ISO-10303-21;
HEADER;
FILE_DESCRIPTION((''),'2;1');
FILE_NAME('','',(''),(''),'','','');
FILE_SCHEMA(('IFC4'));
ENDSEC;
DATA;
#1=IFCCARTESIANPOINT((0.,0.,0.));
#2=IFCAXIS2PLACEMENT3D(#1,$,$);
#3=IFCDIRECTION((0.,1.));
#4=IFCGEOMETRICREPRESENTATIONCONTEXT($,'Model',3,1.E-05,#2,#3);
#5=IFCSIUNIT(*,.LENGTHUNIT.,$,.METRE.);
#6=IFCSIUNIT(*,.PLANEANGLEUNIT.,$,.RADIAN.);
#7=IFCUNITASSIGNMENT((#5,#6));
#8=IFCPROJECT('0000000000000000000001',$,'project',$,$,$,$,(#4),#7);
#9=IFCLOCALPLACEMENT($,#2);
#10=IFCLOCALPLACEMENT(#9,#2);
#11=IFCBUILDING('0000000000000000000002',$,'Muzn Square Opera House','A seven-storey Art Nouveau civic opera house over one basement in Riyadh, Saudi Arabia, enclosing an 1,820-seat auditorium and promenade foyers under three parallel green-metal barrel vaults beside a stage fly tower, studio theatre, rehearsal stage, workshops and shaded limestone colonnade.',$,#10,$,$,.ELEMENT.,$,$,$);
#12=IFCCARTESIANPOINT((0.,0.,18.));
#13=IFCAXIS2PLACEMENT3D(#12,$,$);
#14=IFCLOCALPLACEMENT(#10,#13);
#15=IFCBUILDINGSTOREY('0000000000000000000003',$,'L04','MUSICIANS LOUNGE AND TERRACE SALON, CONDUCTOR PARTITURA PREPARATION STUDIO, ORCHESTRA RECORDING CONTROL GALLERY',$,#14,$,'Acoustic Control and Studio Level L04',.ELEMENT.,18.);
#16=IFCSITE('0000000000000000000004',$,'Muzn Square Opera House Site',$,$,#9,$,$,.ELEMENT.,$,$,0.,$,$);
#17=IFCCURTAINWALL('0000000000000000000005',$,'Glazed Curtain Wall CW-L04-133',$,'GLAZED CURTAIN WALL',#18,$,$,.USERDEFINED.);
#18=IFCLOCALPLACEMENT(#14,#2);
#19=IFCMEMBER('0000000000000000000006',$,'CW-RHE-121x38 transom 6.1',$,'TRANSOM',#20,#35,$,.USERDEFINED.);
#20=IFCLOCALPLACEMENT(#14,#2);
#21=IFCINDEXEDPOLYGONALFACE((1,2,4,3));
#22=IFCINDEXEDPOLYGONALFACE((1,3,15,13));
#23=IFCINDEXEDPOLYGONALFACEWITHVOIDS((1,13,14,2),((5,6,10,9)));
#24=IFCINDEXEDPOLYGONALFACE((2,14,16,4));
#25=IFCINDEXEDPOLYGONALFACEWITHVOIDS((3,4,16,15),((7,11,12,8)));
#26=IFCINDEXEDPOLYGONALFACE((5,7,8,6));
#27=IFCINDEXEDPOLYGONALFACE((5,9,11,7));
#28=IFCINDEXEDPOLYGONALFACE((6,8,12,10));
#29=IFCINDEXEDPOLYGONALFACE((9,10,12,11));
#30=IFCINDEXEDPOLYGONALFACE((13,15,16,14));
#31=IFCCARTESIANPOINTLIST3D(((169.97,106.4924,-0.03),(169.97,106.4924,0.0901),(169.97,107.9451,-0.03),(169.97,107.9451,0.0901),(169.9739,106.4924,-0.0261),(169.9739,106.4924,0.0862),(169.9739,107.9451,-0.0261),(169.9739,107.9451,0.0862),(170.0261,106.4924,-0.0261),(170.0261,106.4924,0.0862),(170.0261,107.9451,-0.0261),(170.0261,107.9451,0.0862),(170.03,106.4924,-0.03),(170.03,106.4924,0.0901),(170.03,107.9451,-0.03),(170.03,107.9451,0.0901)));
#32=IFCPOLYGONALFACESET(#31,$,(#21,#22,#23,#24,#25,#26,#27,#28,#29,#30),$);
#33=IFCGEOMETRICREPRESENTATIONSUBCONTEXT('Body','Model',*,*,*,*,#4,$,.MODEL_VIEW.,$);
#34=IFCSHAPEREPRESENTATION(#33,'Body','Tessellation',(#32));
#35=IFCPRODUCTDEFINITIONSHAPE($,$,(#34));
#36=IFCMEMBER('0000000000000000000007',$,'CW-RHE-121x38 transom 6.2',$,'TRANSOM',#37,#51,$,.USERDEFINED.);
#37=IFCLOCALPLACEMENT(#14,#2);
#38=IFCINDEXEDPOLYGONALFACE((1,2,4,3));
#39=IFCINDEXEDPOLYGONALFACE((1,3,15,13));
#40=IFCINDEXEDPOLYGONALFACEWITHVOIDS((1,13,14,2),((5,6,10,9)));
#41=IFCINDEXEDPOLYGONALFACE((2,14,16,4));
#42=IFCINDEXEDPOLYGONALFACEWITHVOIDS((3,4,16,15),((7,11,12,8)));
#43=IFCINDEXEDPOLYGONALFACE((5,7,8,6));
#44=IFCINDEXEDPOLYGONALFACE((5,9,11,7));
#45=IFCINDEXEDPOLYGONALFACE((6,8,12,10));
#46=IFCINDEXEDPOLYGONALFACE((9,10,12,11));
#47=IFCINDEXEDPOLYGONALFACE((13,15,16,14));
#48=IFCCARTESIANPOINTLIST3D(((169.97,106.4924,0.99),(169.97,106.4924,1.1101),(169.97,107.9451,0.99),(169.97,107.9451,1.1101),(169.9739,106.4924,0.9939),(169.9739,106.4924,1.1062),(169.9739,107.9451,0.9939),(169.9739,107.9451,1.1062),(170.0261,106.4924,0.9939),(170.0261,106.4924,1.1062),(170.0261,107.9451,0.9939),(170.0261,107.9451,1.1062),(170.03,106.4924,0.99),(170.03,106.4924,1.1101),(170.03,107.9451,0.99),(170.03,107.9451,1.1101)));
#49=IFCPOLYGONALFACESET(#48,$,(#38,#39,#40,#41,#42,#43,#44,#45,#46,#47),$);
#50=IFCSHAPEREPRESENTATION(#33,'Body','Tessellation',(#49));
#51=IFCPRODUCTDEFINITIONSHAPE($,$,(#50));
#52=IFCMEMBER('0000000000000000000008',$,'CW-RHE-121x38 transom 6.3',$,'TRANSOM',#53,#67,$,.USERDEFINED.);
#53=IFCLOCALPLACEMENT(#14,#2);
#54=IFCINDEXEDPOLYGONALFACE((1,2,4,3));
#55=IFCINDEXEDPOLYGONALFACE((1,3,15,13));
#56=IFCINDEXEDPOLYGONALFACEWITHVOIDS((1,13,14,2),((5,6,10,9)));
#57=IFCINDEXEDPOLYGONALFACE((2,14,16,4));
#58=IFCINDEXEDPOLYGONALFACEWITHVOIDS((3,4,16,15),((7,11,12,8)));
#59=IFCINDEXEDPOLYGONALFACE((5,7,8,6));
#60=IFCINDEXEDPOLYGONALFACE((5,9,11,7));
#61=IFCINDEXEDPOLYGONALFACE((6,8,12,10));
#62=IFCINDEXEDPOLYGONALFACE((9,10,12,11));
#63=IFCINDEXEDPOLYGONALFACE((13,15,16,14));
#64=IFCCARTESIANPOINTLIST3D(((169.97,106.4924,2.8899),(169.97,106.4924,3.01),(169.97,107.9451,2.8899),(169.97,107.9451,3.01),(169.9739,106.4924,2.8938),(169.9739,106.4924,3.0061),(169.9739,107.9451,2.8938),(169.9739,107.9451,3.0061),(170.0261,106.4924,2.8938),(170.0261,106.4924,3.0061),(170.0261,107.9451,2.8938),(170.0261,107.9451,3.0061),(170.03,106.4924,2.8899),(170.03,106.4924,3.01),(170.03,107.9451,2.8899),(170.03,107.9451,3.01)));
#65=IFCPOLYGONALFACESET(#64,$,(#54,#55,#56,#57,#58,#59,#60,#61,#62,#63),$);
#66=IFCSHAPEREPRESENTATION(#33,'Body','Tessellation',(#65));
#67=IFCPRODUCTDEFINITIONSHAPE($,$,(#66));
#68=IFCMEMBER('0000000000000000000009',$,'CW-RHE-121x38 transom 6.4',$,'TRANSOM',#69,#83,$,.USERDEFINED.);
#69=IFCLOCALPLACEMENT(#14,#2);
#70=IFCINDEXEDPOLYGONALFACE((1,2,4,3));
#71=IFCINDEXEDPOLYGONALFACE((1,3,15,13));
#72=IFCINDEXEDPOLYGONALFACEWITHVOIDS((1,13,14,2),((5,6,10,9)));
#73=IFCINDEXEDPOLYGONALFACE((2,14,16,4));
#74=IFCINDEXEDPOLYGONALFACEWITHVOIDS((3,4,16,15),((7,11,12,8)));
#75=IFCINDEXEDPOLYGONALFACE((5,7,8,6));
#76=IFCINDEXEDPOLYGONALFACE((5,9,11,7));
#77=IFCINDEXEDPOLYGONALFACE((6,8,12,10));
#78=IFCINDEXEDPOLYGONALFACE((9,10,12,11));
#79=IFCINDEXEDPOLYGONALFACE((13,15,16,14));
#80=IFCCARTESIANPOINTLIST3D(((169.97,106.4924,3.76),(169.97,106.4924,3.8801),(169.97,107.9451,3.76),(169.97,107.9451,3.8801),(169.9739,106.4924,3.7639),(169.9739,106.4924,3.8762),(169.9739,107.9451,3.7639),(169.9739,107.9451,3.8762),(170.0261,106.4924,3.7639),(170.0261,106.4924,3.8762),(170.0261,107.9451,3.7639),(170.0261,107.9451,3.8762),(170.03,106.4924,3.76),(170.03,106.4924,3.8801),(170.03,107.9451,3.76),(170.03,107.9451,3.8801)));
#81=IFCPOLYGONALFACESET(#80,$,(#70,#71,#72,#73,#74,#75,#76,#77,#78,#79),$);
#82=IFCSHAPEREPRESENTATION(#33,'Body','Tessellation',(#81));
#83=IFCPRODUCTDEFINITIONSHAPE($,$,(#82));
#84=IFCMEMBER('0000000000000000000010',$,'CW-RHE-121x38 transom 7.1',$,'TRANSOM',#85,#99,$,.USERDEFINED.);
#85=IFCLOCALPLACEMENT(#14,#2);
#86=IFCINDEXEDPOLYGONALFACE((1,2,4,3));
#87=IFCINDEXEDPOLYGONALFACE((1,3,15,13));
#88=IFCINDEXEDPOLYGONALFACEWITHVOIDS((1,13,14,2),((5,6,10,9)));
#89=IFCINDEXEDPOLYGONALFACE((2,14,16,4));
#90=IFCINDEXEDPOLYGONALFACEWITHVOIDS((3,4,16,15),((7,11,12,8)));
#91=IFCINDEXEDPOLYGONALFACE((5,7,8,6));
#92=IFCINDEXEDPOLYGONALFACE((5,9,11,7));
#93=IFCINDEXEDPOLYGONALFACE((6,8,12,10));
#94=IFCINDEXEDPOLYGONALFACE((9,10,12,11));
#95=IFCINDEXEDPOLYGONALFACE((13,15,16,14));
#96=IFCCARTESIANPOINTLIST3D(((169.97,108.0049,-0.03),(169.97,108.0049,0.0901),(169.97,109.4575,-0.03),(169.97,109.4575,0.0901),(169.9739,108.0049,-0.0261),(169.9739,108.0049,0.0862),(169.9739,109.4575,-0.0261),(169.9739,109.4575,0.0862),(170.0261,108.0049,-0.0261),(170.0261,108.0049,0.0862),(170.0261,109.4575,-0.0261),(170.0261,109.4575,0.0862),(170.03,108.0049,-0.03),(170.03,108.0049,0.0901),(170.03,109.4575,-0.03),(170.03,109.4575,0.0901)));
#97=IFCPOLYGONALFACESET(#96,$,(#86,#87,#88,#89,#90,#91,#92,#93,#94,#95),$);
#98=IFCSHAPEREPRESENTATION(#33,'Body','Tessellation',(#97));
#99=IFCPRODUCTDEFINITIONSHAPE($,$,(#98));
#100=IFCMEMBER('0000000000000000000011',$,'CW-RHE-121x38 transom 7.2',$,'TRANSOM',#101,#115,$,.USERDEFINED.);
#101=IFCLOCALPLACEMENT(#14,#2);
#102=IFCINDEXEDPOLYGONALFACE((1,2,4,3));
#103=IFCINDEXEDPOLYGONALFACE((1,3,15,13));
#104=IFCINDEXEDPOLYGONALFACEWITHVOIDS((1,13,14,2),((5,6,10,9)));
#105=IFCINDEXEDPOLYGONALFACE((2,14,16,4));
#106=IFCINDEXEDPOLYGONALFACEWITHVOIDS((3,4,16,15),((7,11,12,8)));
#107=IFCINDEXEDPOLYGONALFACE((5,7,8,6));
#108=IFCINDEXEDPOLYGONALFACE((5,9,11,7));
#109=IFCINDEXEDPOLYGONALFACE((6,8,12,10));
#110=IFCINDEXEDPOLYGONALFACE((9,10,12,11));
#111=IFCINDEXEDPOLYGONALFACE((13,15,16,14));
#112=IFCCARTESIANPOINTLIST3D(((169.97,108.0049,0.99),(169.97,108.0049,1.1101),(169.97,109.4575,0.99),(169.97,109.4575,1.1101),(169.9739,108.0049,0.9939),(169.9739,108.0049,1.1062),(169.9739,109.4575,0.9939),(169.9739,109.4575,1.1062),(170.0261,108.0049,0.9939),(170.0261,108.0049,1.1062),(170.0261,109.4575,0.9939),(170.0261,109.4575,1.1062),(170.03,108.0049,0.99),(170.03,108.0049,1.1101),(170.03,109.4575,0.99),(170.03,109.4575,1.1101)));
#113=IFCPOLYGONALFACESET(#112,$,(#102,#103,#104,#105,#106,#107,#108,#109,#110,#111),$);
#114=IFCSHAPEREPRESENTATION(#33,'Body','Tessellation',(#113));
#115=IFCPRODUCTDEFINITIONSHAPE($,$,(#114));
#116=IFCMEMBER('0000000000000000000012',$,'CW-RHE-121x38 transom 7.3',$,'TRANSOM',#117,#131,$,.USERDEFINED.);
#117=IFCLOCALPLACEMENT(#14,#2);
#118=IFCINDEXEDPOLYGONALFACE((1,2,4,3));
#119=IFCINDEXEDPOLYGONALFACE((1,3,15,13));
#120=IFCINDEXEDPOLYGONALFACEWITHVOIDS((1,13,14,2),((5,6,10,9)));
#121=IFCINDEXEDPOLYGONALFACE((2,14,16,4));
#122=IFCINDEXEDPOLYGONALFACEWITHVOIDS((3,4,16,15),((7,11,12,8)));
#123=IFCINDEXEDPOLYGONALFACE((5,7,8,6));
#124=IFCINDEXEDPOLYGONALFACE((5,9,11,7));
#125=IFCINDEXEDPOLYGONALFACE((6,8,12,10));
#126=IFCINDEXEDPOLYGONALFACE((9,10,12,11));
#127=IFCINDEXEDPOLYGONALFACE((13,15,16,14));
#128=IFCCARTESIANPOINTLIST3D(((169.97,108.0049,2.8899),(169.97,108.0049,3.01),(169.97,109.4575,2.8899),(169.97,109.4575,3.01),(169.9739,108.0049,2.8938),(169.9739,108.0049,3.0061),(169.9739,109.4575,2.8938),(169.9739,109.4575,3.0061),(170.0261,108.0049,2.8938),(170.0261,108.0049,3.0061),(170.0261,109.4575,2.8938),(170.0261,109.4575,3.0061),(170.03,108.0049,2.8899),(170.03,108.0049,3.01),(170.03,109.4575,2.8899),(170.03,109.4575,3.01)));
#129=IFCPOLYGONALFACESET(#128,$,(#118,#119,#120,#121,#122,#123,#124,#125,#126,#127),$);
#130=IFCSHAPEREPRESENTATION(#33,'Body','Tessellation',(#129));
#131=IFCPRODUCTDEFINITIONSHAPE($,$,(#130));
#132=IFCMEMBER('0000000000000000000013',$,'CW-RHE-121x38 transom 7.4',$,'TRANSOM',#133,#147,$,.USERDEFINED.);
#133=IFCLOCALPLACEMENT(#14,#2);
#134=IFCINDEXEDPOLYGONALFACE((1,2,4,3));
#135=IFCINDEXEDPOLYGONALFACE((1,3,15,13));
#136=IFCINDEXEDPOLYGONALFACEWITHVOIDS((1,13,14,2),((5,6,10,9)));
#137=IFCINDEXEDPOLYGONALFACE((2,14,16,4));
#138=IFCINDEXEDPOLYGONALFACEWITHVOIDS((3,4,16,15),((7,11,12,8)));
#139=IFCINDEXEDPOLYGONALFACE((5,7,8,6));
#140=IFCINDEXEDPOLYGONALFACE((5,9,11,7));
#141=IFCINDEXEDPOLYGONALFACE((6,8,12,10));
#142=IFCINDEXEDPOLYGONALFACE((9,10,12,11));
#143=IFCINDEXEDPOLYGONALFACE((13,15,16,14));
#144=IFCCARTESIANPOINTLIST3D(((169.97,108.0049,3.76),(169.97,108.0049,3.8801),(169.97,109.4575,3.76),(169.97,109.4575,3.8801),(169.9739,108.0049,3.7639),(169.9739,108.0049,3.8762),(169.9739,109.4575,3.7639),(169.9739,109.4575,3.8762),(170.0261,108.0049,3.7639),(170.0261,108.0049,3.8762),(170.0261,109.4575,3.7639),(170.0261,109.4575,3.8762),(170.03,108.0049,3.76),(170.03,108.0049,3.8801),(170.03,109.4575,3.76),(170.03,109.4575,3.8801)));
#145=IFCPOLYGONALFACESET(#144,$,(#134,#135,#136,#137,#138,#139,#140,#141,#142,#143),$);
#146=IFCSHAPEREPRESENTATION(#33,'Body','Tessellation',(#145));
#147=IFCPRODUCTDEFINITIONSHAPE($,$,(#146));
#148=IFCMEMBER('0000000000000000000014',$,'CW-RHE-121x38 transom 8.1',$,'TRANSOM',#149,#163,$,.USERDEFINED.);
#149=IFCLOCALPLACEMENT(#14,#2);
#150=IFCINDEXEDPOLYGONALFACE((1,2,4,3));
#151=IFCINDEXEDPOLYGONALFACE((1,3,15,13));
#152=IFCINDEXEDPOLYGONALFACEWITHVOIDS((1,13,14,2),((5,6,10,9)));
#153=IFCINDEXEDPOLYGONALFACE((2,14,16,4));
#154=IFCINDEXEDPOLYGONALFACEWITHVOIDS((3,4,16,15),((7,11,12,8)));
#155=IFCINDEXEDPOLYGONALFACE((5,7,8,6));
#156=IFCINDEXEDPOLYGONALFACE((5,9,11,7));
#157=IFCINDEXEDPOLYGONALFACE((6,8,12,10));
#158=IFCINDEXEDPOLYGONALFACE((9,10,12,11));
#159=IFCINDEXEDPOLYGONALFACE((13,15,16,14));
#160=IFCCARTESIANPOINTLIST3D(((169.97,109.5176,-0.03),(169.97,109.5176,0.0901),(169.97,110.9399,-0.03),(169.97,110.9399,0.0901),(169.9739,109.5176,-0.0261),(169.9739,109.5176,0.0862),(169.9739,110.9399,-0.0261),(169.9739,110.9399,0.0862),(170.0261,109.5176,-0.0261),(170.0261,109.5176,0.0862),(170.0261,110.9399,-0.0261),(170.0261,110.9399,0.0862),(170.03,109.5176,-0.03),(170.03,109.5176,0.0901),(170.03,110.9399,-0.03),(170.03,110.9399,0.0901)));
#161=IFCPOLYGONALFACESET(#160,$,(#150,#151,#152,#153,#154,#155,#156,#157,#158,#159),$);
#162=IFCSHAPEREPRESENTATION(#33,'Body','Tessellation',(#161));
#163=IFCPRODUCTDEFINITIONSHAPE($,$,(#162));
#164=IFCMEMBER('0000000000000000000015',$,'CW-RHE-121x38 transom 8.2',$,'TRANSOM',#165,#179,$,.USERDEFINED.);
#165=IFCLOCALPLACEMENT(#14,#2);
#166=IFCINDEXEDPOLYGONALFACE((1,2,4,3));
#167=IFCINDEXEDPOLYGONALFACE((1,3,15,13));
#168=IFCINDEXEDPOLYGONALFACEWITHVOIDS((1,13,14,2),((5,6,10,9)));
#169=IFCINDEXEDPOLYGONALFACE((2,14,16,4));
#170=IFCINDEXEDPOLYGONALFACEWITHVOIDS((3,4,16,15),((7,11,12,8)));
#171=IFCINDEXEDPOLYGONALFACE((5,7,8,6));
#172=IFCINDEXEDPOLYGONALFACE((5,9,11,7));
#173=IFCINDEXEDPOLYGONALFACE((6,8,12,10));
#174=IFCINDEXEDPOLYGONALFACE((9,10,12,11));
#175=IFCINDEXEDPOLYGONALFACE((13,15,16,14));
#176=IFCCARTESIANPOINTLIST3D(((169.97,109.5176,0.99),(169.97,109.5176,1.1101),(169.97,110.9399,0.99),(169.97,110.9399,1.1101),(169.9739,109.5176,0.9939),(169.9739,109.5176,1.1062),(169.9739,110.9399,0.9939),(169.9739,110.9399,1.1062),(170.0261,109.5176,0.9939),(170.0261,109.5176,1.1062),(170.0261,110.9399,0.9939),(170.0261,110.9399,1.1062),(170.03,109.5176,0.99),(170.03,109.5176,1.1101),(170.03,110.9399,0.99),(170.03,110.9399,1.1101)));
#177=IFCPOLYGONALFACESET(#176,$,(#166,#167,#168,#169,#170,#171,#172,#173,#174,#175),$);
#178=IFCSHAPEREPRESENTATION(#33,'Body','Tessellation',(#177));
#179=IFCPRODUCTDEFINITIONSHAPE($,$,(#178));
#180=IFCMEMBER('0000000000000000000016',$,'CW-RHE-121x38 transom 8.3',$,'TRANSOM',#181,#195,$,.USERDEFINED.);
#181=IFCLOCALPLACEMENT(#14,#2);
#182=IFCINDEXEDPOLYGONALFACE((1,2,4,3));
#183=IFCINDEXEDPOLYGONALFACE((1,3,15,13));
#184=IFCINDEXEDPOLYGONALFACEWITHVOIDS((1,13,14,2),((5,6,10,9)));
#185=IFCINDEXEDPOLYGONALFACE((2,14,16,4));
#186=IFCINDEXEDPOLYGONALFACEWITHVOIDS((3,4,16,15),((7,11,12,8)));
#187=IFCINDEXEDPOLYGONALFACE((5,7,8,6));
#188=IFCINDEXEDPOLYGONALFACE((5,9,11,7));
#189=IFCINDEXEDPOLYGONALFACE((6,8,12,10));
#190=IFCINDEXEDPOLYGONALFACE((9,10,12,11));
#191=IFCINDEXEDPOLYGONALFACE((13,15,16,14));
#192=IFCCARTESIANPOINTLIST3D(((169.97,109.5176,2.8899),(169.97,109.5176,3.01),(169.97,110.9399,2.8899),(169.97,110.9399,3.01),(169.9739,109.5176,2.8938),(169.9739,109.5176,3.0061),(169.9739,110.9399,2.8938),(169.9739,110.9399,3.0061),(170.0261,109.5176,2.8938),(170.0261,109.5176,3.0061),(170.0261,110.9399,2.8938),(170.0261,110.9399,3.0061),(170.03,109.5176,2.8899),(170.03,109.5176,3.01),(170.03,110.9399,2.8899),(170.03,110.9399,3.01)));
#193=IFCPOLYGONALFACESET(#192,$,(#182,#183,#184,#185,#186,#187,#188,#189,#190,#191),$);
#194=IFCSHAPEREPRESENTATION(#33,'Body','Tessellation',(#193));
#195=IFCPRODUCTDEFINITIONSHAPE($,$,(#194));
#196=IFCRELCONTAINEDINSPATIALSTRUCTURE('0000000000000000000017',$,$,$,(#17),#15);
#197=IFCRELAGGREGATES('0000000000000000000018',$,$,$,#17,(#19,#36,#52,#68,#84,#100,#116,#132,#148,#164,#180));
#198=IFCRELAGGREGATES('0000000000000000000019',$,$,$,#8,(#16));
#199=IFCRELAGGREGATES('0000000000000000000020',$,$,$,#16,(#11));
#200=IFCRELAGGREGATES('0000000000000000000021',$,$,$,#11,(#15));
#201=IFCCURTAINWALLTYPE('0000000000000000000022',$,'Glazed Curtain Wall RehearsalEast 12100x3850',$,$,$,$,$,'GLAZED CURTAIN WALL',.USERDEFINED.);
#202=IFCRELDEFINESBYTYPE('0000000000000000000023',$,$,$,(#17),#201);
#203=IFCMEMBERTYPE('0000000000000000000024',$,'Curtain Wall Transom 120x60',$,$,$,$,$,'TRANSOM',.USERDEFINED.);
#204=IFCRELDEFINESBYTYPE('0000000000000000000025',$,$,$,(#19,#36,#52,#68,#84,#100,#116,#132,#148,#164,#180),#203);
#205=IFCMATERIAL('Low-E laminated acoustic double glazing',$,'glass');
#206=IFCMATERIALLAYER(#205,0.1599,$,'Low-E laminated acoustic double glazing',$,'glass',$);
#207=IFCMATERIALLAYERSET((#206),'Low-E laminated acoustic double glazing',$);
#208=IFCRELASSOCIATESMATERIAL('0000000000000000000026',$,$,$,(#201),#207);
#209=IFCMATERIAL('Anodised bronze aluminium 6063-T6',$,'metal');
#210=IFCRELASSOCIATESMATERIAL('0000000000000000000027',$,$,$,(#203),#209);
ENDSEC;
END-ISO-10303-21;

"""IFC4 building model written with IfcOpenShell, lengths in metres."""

from ifc_helpers import new_model, si_unit, direction, frame, origin, origin_2d, place, context, subcontext, project, spatial, hollow_rectangle, extrude, material, layer, layer_set, material_profile, profile_set, type_object, element, aggregate, save


model = new_model("IFC4")

# Units and contexts
model_context = context("Model", 3, precision=1e-05, world=origin(), true_north=direction((0.0, 1.0)))
body_context = subcontext(model_context, "Body", "Model", "MODEL_VIEW")
ifc_project = project(units=[si_unit("LENGTHUNIT", "METRE"), si_unit("PLANEANGLEUNIT", "RADIAN")], contexts=[model_context])

# Site, building, storey
site_placement = place(None, origin())
site = spatial("IfcSite", under=ifc_project, at=site_placement, Name="Muzn Square Opera House Site", CompositionType="ELEMENT", RefElevation=0.0)
building_placement = place(site_placement, origin())
building = spatial("IfcBuilding", under=site, at=building_placement, Name="Muzn Square Opera House", Description="A seven-storey Art Nouveau civic opera house over one basement in Riyadh, Saudi Arabia, enclosing an 1,820-seat auditorium and promenade foyers under three parallel green-metal barrel vaults beside a stage fly tower, studio theatre, rehearsal stage, workshops and shaded limestone colonnade.", CompositionType="ELEMENT")
storey_placement = place(building_placement, frame((0.0, 0.0, 18.0)))
storey = spatial("IfcBuildingStorey", under=building, at=storey_placement, Name="L04", Description="MUSICIANS LOUNGE AND TERRACE SALON, CONDUCTOR PARTITURA PREPARATION STUDIO, ORCHESTRA RECORDING CONTROL GALLERY", LongName="Acoustic Control and Studio Level L04", CompositionType="ELEMENT", Elevation=18.0)

# Curtain wall, members
ifc_material_1 = material(Name="Low-E laminated acoustic double glazing", Category="glass")
ifc_layer_1 = layer(ifc_material_1, 0.1599, Name="Low-E laminated acoustic double glazing", Category="glass")
ifc_layer_set_1 = layer_set([ifc_layer_1], Name="Low-E laminated acoustic double glazing")
curtain_wall_type = type_object("IfcCurtainWallType", Name="Glazed Curtain Wall RehearsalEast 12100x3850", ElementType="GLAZED CURTAIN WALL", PredefinedType="USERDEFINED", material=ifc_layer_set_1)
curtain_wall_placement = place(storey_placement, origin())
curtain_wall = element("IfcCurtainWall", 1, at=curtain_wall_placement, inside=storey, type_object=curtain_wall_type, Name="Glazed Curtain Wall CW-L04-133", ObjectType="GLAZED CURTAIN WALL", PredefinedType="USERDEFINED")
ifc_material_2 = material(Name="Anodised bronze aluminium 6063-T6", Category="metal")
ifc_material_profile_1 = material_profile(ifc_material_2, hollow_rectangle(XDim=0.0601, YDim=0.1201, WallThickness=0.0039, at=origin_2d()), Name="ALU 120x60x4", Category="metal")
ifc_profile_set_1 = profile_set([ifc_material_profile_1], Name="Anodised bronze aluminium 6063-T6")
member_type_1 = type_object("IfcMemberType", Name="Curtain Wall Transom 120x60", ElementType="TRANSOM", PredefinedType="USERDEFINED", material=ifc_profile_set_1)
member_1_placement = place(storey_placement, frame((170.0, 106.4924, 0.03), z_axis=(0.0, 1.0, 0.0), x_axis=(-1.0, 0.0, 0.0)))
member_1 = element("IfcMember", 2, at=member_1_placement, type_object=member_type_1, Name="CW-RHE-121x38 transom 6.1", ObjectType="TRANSOM", PredefinedType="USERDEFINED", context=body_context, shape_type="SweptSolid", body=[
    extrude(hollow_rectangle(XDim=0.0601, YDim=0.1201, WallThickness=0.0039, at=origin_2d()), origin(), (0.0, 0.0, 1.0), 1.4526),
])
member_2_placement = place(storey_placement, frame((170.0, 106.4924, 1.05), z_axis=(0.0, 1.0, 0.0), x_axis=(-1.0, 0.0, 0.0)))
member_2 = element("IfcMember", 3, at=member_2_placement, type_object=member_type_1, Name="CW-RHE-121x38 transom 6.2", ObjectType="TRANSOM", PredefinedType="USERDEFINED", context=body_context, shape_type="SweptSolid", body=[
    extrude(hollow_rectangle(XDim=0.0601, YDim=0.1201, WallThickness=0.0039, at=origin_2d()), origin(), (0.0, 0.0, 1.0), 1.4526),
])
member_3_placement = place(storey_placement, frame((170.0, 106.4924, 2.95), z_axis=(0.0, 1.0, 0.0), x_axis=(-1.0, 0.0, 0.0)))
member_3 = element("IfcMember", 4, at=member_3_placement, type_object=member_type_1, Name="CW-RHE-121x38 transom 6.3", ObjectType="TRANSOM", PredefinedType="USERDEFINED", context=body_context, shape_type="SweptSolid", body=[
    extrude(hollow_rectangle(XDim=0.0601, YDim=0.1201, WallThickness=0.0039, at=origin_2d()), origin(), (0.0, 0.0, 1.0), 1.4526),
])
member_4_placement = place(storey_placement, frame((170.0, 106.4924, 3.8201), z_axis=(0.0, 1.0, 0.0), x_axis=(-1.0, 0.0, 0.0)))
member_4 = element("IfcMember", 5, at=member_4_placement, type_object=member_type_1, Name="CW-RHE-121x38 transom 6.4", ObjectType="TRANSOM", PredefinedType="USERDEFINED", context=body_context, shape_type="SweptSolid", body=[
    extrude(hollow_rectangle(XDim=0.0601, YDim=0.1201, WallThickness=0.0039, at=origin_2d()), origin(), (0.0, 0.0, 1.0), 1.4526),
])
member_5_placement = place(storey_placement, frame((170.0, 108.0049, 0.03), z_axis=(0.0, 1.0, 0.0), x_axis=(-1.0, 0.0, 0.0)))
member_5 = element("IfcMember", 6, at=member_5_placement, type_object=member_type_1, Name="CW-RHE-121x38 transom 7.1", ObjectType="TRANSOM", PredefinedType="USERDEFINED", context=body_context, shape_type="SweptSolid", body=[
    extrude(hollow_rectangle(XDim=0.0601, YDim=0.1201, WallThickness=0.0039, at=origin_2d()), origin(), (0.0, 0.0, 1.0), 1.4526),
])
member_6_placement = place(storey_placement, frame((170.0, 108.0049, 1.05), z_axis=(0.0, 1.0, 0.0), x_axis=(-1.0, 0.0, 0.0)))
member_6 = element("IfcMember", 7, at=member_6_placement, type_object=member_type_1, Name="CW-RHE-121x38 transom 7.2", ObjectType="TRANSOM", PredefinedType="USERDEFINED", context=body_context, shape_type="SweptSolid", body=[
    extrude(hollow_rectangle(XDim=0.0601, YDim=0.1201, WallThickness=0.0039, at=origin_2d()), origin(), (0.0, 0.0, 1.0), 1.4526),
])
member_7_placement = place(storey_placement, frame((170.0, 108.0049, 2.95), z_axis=(0.0, 1.0, 0.0), x_axis=(-1.0, 0.0, 0.0)))
member_7 = element("IfcMember", 8, at=member_7_placement, type_object=member_type_1, Name="CW-RHE-121x38 transom 7.3", ObjectType="TRANSOM", PredefinedType="USERDEFINED", context=body_context, shape_type="SweptSolid", body=[
    extrude(hollow_rectangle(XDim=0.0601, YDim=0.1201, WallThickness=0.0039, at=origin_2d()), origin(), (0.0, 0.0, 1.0), 1.4526),
])
member_8_placement = place(storey_placement, frame((170.0, 108.0049, 3.8201), z_axis=(0.0, 1.0, 0.0), x_axis=(-1.0, 0.0, 0.0)))
member_8 = element("IfcMember", 9, at=member_8_placement, type_object=member_type_1, Name="CW-RHE-121x38 transom 7.4", ObjectType="TRANSOM", PredefinedType="USERDEFINED", context=body_context, shape_type="SweptSolid", body=[
    extrude(hollow_rectangle(XDim=0.0601, YDim=0.1201, WallThickness=0.0039, at=origin_2d()), origin(), (0.0, 0.0, 1.0), 1.4526),
])
member_9_placement = place(storey_placement, frame((170.0, 109.5176, 0.03), z_axis=(0.0, 1.0, 0.0), x_axis=(-1.0, 0.0, 0.0)))
member_9 = element("IfcMember", 10, at=member_9_placement, type_object=member_type_1, Name="CW-RHE-121x38 transom 8.1", ObjectType="TRANSOM", PredefinedType="USERDEFINED", context=body_context, shape_type="SweptSolid", body=[
    extrude(hollow_rectangle(XDim=0.0601, YDim=0.1201, WallThickness=0.0039, at=origin_2d()), origin(), (0.0, 0.0, 1.0), 1.4224),
])
member_10_placement = place(storey_placement, frame((170.0, 109.5176, 1.05), z_axis=(0.0, 1.0, 0.0), x_axis=(-1.0, 0.0, 0.0)))
member_10 = element("IfcMember", 11, at=member_10_placement, type_object=member_type_1, Name="CW-RHE-121x38 transom 8.2", ObjectType="TRANSOM", PredefinedType="USERDEFINED", context=body_context, shape_type="SweptSolid", body=[
    extrude(hollow_rectangle(XDim=0.0601, YDim=0.1201, WallThickness=0.0039, at=origin_2d()), origin(), (0.0, 0.0, 1.0), 1.4224),
])
member_11_placement = place(storey_placement, frame((170.0, 109.5176, 2.95), z_axis=(0.0, 1.0, 0.0), x_axis=(-1.0, 0.0, 0.0)))
member_11 = element("IfcMember", 12, at=member_11_placement, type_object=member_type_1, Name="CW-RHE-121x38 transom 8.3", ObjectType="TRANSOM", PredefinedType="USERDEFINED", context=body_context, shape_type="SweptSolid", body=[
    extrude(hollow_rectangle(XDim=0.0601, YDim=0.1201, WallThickness=0.0039, at=origin_2d()), origin(), (0.0, 0.0, 1.0), 1.4224),
])
aggregate(curtain_wall, [member_1, member_2, member_3, member_4, member_5, member_6, member_7, member_8, member_9, member_10, member_11])

save(model, "model.ifc")
